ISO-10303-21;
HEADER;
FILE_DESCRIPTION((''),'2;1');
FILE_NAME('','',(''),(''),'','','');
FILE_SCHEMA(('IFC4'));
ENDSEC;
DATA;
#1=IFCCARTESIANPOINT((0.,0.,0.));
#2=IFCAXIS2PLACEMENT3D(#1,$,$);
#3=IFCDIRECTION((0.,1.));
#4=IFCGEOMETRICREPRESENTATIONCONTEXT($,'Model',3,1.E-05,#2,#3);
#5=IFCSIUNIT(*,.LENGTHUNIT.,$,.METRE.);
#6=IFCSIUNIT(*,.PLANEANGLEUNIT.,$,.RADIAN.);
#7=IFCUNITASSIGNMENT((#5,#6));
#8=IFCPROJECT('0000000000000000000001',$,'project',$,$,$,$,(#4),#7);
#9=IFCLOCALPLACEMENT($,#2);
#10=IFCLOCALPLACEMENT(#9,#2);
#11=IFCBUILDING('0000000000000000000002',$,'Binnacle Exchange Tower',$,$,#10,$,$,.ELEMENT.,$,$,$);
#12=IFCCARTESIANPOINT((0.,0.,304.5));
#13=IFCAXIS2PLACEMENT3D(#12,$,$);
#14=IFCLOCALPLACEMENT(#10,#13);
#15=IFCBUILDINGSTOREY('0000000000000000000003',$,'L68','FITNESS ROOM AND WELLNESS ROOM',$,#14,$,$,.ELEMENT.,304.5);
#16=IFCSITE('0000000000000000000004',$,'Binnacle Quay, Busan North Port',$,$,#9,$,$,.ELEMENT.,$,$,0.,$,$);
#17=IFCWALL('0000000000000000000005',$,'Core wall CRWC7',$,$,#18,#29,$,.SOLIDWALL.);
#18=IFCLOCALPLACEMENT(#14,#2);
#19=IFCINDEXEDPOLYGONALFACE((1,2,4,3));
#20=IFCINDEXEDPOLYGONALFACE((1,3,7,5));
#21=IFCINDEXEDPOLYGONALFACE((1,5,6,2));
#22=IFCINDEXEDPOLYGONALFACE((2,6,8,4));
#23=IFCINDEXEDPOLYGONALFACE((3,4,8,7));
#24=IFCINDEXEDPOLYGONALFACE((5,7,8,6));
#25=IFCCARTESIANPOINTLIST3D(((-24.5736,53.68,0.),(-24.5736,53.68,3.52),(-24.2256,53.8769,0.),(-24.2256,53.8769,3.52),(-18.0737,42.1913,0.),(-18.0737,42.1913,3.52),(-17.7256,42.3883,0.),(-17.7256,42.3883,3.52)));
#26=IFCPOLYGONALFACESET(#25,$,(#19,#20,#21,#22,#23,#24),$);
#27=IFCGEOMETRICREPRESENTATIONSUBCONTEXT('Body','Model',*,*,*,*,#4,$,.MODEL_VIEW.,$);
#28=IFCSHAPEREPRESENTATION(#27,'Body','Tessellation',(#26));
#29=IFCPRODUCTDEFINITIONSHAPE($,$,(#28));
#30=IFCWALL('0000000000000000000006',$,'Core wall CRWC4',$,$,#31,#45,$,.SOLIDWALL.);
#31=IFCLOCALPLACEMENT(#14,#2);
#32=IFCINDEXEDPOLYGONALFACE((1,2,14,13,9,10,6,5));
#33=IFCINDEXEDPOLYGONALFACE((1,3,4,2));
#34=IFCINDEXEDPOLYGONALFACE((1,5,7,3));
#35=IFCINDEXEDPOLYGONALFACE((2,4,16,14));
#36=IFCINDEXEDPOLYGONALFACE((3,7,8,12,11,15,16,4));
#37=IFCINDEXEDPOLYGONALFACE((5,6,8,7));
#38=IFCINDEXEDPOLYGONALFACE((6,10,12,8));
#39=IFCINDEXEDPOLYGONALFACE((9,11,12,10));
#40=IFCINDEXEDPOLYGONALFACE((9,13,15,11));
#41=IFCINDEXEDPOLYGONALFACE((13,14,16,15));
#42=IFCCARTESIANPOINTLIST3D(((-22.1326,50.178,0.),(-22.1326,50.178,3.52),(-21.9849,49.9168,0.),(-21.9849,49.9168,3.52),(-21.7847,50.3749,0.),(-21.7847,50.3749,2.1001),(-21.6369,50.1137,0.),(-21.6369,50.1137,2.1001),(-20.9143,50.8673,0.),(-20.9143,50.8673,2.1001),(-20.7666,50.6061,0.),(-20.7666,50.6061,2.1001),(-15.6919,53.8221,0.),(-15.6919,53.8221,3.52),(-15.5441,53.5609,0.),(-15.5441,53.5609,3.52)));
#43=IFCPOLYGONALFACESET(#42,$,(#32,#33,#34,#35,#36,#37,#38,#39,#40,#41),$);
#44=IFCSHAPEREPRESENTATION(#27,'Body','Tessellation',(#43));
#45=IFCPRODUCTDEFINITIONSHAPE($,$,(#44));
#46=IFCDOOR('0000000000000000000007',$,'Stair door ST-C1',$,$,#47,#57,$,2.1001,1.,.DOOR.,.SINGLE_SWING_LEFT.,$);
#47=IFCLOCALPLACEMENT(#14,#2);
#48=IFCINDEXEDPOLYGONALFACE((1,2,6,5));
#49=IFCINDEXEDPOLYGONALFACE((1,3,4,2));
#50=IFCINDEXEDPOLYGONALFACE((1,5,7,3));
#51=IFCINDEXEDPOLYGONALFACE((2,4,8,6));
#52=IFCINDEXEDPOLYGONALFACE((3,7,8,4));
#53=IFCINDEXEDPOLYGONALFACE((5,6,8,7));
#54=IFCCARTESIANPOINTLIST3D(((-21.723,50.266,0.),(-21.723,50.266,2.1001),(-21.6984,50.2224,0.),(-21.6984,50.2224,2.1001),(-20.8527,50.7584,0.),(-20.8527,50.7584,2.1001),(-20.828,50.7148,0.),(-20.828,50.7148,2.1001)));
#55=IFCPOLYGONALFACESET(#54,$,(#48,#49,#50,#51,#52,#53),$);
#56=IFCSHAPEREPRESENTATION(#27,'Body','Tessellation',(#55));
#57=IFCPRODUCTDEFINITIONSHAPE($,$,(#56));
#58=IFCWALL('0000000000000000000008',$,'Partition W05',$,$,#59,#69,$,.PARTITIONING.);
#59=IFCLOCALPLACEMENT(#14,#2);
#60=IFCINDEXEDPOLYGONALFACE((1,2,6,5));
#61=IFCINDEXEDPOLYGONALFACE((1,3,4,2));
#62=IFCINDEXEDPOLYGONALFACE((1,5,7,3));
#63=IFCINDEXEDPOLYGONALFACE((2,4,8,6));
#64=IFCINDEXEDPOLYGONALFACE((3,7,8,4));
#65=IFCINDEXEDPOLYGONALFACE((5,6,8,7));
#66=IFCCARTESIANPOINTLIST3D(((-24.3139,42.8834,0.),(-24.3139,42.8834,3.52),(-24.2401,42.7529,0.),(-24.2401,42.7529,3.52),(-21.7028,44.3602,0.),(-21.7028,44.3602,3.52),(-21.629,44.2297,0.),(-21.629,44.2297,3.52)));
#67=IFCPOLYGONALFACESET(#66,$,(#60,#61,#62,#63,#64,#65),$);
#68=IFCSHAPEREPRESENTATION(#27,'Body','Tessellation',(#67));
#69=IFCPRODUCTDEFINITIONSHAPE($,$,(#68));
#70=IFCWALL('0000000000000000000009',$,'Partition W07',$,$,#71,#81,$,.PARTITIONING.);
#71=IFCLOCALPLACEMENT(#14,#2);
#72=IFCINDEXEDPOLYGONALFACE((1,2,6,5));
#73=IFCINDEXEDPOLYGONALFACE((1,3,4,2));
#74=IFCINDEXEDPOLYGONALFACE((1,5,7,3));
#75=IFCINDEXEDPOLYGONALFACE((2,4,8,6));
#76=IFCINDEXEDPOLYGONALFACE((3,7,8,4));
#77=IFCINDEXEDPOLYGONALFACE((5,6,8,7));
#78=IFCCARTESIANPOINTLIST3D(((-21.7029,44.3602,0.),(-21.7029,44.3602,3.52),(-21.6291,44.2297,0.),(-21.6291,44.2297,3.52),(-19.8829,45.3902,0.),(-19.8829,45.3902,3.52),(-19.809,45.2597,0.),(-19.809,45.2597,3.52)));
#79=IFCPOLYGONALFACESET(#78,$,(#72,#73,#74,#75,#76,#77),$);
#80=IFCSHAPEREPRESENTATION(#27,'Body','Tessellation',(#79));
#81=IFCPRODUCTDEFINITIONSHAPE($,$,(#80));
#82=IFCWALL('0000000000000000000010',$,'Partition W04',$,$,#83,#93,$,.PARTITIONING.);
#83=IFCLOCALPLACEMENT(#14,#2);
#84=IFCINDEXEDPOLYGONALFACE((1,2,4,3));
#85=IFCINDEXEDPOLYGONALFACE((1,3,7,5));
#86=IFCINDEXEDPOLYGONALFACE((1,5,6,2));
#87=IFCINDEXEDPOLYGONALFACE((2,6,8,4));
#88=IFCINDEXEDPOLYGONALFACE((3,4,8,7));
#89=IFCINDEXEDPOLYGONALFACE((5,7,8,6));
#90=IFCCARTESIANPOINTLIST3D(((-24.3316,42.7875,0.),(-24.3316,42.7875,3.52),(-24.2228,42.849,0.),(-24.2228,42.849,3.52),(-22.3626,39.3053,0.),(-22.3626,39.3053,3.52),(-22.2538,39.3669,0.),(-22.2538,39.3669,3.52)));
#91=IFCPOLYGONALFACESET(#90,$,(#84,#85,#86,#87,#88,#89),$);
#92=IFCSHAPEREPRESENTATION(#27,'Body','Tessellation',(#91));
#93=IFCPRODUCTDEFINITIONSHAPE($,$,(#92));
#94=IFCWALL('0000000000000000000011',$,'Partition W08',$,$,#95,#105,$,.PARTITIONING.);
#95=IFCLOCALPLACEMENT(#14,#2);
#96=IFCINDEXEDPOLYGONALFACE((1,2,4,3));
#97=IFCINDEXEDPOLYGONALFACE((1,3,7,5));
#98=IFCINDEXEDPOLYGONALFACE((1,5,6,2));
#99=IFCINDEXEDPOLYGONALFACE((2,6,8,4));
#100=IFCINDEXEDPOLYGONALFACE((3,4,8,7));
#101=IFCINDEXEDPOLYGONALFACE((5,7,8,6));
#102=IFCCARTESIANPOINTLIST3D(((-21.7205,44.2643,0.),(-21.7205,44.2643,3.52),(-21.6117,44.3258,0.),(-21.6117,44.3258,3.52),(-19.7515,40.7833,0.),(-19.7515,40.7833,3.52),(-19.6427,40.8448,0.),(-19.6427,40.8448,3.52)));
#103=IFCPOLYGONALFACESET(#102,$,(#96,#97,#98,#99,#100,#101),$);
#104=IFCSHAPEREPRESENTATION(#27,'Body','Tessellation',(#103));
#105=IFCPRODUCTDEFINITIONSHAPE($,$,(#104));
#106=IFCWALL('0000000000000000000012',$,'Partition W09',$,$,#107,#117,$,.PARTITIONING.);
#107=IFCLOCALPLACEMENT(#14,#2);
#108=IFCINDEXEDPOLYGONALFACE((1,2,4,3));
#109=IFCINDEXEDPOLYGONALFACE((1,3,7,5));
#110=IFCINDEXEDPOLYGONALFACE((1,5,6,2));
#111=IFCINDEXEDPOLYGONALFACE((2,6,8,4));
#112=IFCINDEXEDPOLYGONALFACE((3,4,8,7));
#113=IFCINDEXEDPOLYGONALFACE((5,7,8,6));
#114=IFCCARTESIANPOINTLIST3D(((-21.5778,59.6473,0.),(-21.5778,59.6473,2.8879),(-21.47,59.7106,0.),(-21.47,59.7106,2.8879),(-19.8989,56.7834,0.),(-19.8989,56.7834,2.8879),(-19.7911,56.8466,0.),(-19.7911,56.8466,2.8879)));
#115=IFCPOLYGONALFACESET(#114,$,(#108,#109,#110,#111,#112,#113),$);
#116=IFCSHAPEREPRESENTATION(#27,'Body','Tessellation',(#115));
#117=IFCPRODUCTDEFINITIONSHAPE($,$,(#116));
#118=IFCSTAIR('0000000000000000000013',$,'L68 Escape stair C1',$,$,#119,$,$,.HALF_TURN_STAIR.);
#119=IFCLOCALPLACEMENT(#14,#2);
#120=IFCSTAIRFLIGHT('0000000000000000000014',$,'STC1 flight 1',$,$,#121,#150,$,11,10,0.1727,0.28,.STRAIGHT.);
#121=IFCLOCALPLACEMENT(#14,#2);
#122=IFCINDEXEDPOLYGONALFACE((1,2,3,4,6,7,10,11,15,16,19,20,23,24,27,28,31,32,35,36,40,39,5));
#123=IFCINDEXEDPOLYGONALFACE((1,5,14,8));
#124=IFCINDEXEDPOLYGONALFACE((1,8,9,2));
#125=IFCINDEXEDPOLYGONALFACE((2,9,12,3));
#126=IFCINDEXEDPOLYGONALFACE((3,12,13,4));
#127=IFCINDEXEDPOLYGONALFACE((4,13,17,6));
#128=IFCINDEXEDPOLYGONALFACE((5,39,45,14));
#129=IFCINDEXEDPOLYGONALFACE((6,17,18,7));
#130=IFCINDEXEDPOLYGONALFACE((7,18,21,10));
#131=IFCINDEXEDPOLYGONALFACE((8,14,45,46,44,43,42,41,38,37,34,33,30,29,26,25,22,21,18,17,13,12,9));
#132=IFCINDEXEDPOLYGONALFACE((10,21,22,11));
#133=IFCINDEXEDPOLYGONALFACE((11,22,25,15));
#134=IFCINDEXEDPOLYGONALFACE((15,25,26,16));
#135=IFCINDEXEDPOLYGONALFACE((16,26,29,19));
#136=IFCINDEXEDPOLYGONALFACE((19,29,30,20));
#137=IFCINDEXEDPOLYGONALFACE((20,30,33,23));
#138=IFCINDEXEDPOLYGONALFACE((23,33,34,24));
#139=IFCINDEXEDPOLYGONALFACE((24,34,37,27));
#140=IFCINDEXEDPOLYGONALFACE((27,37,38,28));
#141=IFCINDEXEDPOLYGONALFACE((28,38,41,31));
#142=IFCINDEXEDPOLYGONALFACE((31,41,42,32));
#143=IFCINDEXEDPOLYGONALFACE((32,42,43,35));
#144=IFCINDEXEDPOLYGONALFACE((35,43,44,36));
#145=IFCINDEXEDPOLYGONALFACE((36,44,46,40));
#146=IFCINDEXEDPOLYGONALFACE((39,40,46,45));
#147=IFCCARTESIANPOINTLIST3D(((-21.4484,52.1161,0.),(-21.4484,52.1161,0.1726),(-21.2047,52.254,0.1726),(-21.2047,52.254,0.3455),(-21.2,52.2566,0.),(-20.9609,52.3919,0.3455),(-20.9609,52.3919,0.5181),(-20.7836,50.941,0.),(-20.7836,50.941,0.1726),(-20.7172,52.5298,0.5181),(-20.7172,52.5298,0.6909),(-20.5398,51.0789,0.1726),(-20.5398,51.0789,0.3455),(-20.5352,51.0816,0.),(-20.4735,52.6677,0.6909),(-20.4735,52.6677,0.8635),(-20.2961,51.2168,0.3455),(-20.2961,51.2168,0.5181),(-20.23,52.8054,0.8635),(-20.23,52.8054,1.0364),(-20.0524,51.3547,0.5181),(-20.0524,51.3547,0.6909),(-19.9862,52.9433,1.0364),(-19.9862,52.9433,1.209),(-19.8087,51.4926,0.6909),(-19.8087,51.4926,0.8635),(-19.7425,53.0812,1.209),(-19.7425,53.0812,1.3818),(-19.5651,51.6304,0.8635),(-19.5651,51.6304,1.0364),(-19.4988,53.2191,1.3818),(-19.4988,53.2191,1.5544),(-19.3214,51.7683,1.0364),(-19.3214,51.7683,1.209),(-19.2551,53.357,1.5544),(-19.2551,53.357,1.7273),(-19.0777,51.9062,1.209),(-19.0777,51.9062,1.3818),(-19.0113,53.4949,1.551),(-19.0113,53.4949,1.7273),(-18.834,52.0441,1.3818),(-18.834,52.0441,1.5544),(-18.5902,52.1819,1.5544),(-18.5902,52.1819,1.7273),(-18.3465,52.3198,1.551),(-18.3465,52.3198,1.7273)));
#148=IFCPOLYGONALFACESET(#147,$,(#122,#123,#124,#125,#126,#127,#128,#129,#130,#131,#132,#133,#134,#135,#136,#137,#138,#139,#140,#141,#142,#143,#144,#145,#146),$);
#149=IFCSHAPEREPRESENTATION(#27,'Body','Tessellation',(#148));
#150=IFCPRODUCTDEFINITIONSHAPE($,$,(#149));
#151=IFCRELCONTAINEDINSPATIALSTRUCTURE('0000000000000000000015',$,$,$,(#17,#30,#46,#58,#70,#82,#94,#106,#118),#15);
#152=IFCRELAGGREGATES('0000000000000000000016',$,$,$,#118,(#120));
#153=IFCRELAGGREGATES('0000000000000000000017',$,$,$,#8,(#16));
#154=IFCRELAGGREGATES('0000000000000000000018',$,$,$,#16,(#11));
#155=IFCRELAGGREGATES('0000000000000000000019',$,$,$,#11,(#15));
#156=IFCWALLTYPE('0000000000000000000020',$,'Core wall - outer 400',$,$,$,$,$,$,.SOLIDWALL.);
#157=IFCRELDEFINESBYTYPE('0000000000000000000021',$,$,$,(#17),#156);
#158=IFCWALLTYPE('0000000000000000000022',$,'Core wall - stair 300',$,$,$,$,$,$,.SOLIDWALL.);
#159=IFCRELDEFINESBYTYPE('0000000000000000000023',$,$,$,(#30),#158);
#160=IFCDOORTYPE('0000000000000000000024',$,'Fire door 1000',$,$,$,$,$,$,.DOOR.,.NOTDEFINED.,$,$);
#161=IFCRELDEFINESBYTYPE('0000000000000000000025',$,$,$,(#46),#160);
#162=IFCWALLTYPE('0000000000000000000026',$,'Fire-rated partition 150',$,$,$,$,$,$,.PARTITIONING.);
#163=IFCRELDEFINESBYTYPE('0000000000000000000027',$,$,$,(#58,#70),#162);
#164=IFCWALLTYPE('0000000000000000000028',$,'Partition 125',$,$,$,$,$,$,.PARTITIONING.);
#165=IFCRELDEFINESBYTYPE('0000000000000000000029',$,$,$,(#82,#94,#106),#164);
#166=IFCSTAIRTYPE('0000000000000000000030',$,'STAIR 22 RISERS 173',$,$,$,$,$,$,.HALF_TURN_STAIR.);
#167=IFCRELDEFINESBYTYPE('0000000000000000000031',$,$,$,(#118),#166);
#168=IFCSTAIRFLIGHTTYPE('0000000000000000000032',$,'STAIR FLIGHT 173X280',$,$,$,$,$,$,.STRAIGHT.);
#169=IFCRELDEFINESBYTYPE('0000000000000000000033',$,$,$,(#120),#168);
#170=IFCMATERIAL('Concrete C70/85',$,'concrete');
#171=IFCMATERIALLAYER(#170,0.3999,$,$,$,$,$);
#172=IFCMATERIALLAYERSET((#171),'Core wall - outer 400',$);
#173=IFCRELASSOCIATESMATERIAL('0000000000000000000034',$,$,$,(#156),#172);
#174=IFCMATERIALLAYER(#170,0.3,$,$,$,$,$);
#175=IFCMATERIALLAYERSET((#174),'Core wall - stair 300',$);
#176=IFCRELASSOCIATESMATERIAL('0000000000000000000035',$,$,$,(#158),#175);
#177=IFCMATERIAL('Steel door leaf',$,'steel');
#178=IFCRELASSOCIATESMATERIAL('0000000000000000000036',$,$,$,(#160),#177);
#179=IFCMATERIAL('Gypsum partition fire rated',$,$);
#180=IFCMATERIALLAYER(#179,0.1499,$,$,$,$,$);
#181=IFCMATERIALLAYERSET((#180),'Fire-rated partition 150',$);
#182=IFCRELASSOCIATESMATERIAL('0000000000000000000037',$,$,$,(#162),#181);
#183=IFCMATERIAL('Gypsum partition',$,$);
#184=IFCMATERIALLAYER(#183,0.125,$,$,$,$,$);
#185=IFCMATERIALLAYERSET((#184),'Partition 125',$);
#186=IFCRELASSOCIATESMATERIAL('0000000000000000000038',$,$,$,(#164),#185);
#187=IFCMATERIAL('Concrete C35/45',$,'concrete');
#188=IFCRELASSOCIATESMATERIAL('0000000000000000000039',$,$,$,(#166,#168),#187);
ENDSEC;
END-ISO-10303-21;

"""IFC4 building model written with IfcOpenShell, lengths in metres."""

from ifc_helpers import new_model, si_unit, direction, frame, frame_2d, origin, place, context, subcontext, project, spatial, polyline, rectangle, outline, extrude, material, layer, layer_set, type_object, element, fill, aggregate, save


model = new_model("IFC4")

# Units and contexts
model_context = context("Model", 3, precision=1e-05, world=origin(), true_north=direction((0.0, 1.0)))
body_context = subcontext(model_context, "Body", "Model", "MODEL_VIEW")
ifc_project = project(units=[si_unit("LENGTHUNIT", "METRE"), si_unit("PLANEANGLEUNIT", "RADIAN")], contexts=[model_context])

# Site, building, storey
site_placement = place(None, origin())
site = spatial("IfcSite", under=ifc_project, at=site_placement, Name="Binnacle Quay, Busan North Port", CompositionType="ELEMENT", RefElevation=0.0)
building_placement = place(site_placement, origin())
building = spatial("IfcBuilding", under=site, at=building_placement, Name="Binnacle Exchange Tower", CompositionType="ELEMENT")
storey_placement = place(building_placement, frame((0.0, 0.0, 304.5)))
storey = spatial("IfcBuildingStorey", under=building, at=storey_placement, Name="L68", Description="FITNESS ROOM AND WELLNESS ROOM", CompositionType="ELEMENT", Elevation=304.5)

# Shared definitions
ifc_material_1 = material(Name="Concrete C70/85", Category="concrete")
ifc_material_2 = material(Name="Steel door leaf", Category="steel")

# Wall
ifc_layer_1 = layer(ifc_material_1, 0.3999)
ifc_layer_set_1 = layer_set([ifc_layer_1], Name="Core wall - outer 400")
wall_type_1 = type_object("IfcWallType", Name="Core wall - outer 400", PredefinedType="SOLIDWALL", material=ifc_layer_set_1)
wall_1_placement = place(storey_placement, frame((-24.3997, 53.7786, 0.0), z_axis=(0.0, 0.0, 1.0), x_axis=(0.492422, -0.870357, 0.0)))
element("IfcWall", 1, at=wall_1_placement, inside=storey, type_object=wall_type_1, Name="Core wall CRWC7", PredefinedType="SOLIDWALL", context=body_context, shape_type="SweptSolid", body=[
    extrude(rectangle(XDim=13.2, YDim=0.3999, at=frame_2d((6.6001, 0.0))), origin(), (0.0, 0.0, 1.0), 3.52),
])

# Wall, opening, door
ifc_layer_2 = layer(ifc_material_1, 0.3)
ifc_layer_set_2 = layer_set([ifc_layer_2], Name="Core wall - stair 300")
wall_type_2 = type_object("IfcWallType", Name="Core wall - stair 300", PredefinedType="SOLIDWALL", material=ifc_layer_set_2)
wall_2_placement = place(storey_placement, frame((-22.0588, 50.0474, 0.0), z_axis=(0.0, 0.0, 1.0), x_axis=(0.870351, 0.492432, 0.0)))
wall_2 = element("IfcWall", 2, at=wall_2_placement, inside=storey, type_object=wall_type_2, Name="Core wall CRWC4", PredefinedType="SOLIDWALL", context=body_context, shape_type="SweptSolid", body=[
    extrude(rectangle(XDim=7.4001, YDim=0.3, at=frame_2d((3.7002, 0.0))), origin(), (0.0, 0.0, 1.0), 3.52),
])
opening_1_placement = place(wall_2_placement, frame((0.3999, 0.0, 0.0)))
opening_1 = element("IfcOpeningElement", 3, at=opening_1_placement, cuts=wall_2, PredefinedType="OPENING", context=body_context, shape_type="SweptSolid", body=[
    extrude(rectangle(XDim=1.0, YDim=2.1001, at=frame_2d((0.5, 1.05))), frame((0.0, 0.1599, 0.0), z_axis=(0.0, -1.0, 0.0), x_axis=(1.0, 0.0, 0.0)), (0.0, 0.0, 1.0), 0.3201),
])
door_type_1 = type_object("IfcDoorType", Name="Fire door 1000", OperationType="NOTDEFINED", PredefinedType="DOOR", material=ifc_material_2)
door_1_placement = place(opening_1_placement, origin())
door_1 = element("IfcDoor", 4, at=door_1_placement, inside=storey, type_object=door_type_1, Name="Stair door ST-C1", OperationType="SINGLE_SWING_LEFT", OverallHeight=2.1001, OverallWidth=1.0, PredefinedType="DOOR", context=body_context, shape_type="SweptSolid", body=[
    extrude(rectangle(XDim=1.0, YDim=2.1001, at=frame_2d((0.5, 1.05))), frame((0.0, 0.0249, 0.0), z_axis=(0.0, -1.0, 0.0), x_axis=(1.0, 0.0, 0.0)), (0.0, 0.0, 1.0), 0.05),
])
fill(opening_1, door_1)

# Walls
ifc_material_3 = material(Name="Gypsum partition fire rated")
ifc_layer_3 = layer(ifc_material_3, 0.1499)
ifc_layer_set_3 = layer_set([ifc_layer_3], Name="Fire-rated partition 150")
wall_type_3 = type_object("IfcWallType", Name="Fire-rated partition 150", PredefinedType="PARTITIONING", material=ifc_layer_set_3)
wall_3_placement = place(storey_placement, frame((-24.2771, 42.8181, 0.0), z_axis=(0.0, 0.0, 1.0), x_axis=(0.870423, 0.492304, 0.0)))
element("IfcWall", 5, at=wall_3_placement, inside=storey, type_object=wall_type_3, Name="Partition W05", PredefinedType="PARTITIONING", context=body_context, shape_type="SweptSolid", body=[
    extrude(rectangle(XDim=2.9998, YDim=0.1499, at=frame_2d((1.5, 0.0))), origin(), (0.0, 0.0, 1.0), 3.52),
])
wall_4_placement = place(storey_placement, frame((-21.666, 44.2949, 0.0), z_axis=(0.0, 0.0, 1.0), x_axis=(0.870297, 0.492526, 0.0)))
element("IfcWall", 6, at=wall_4_placement, inside=storey, type_object=wall_type_3, Name="Partition W07", PredefinedType="PARTITIONING", context=body_context, shape_type="SweptSolid", body=[
    extrude(rectangle(XDim=2.0913, YDim=0.1499, at=frame_2d((1.0457, 0.0))), origin(), (0.0, 0.0, 1.0), 3.52),
])
ifc_material_4 = material(Name="Gypsum partition")
ifc_layer_4 = layer(ifc_material_4, 0.125)
ifc_layer_set_4 = layer_set([ifc_layer_4], Name="Partition 125")
wall_type_4 = type_object("IfcWallType", Name="Partition 125", PredefinedType="PARTITIONING", material=ifc_layer_set_4)
wall_5_placement = place(storey_placement, frame((-24.2771, 42.8181, 0.0), z_axis=(0.0, 0.0, 1.0), x_axis=(0.49221, -0.870476, 0.0)))
element("IfcWall", 7, at=wall_5_placement, inside=storey, type_object=wall_type_4, Name="Partition W04", PredefinedType="PARTITIONING", context=body_context, shape_type="SweptSolid", body=[
    extrude(rectangle(XDim=4.0002, YDim=0.125, at=frame_2d((2.0, 0.0))), origin(), (0.0, 0.0, 1.0), 3.52),
])
wall_6_placement = place(storey_placement, frame((-21.666, 44.2949, 0.0), z_axis=(0.0, 0.0, 1.0), x_axis=(0.492341, -0.870402, 0.0)))
element("IfcWall", 8, at=wall_6_placement, inside=storey, type_object=wall_type_4, Name="Partition W08", PredefinedType="PARTITIONING", context=body_context, shape_type="SweptSolid", body=[
    extrude(rectangle(XDim=3.9993, YDim=0.125, at=frame_2d((1.9995, 0.0))), origin(), (0.0, 0.0, 1.0), 3.52),
])
wall_7_placement = place(storey_placement, frame((-21.5239, 59.679, 0.0), z_axis=(0.0, 0.0, 1.0), x_axis=(0.505731, -0.862691, 0.0)))
element("IfcWall", 9, at=wall_7_placement, inside=storey, type_object=wall_type_4, Name="Partition W09", PredefinedType="PARTITIONING", context=body_context, shape_type="SweptSolid", body=[
    extrude(rectangle(XDim=3.3198, YDim=0.125, at=frame_2d((1.6599, 0.0))), origin(), (0.0, 0.0, 1.0), 2.8879),
])

# Stair, stair flight
ifc_material_5 = material(Name="Concrete C35/45", Category="concrete")
stair_type = type_object("IfcStairType", Name="STAIR 22 RISERS 173", PredefinedType="HALF_TURN_STAIR", material=ifc_material_5)
stair_placement = place(storey_placement, origin())
stair = element("IfcStair", 10, at=stair_placement, inside=storey, type_object=stair_type, Name="L68 Escape stair C1", PredefinedType="HALF_TURN_STAIR")
stair_flight_type = type_object("IfcStairFlightType", Name="STAIR FLIGHT 173X280", PredefinedType="STRAIGHT", material=ifc_material_5)
stair_flight_1_placement = place(storey_placement, frame((-21.116, 51.5286, 0.0), z_axis=(0.0, 0.0, 1.0), x_axis=(0.870356, 0.492424, 0.0)))
stair_flight_1 = element("IfcStairFlight", 11, at=stair_flight_1_placement, type_object=stair_flight_type, Name="STC1 flight 1", NumberOfRisers=11, NumberOfTreads=10, PredefinedType="STRAIGHT", RiserHeight=0.1727, TreadLength=0.28, context=body_context, shape_type="SweptSolid", body=[
    extrude(outline(polyline([(0.0, 0.0), (0.0, 0.1726), (0.28, 0.1726), (0.28, 0.3455), (0.5601, 0.3455), (0.5601, 0.5181), (0.8401, 0.5181), (0.8401, 0.6909), (1.1201, 0.6909), (1.1201, 0.8635), (1.3999, 0.8635), (1.3999, 1.0364), (1.6799, 1.0364), (1.6799, 1.209), (1.96, 1.209), (1.96, 1.3818), (2.24, 1.3818), (2.24, 1.5544), (2.52, 1.5544), (2.52, 1.7273), (2.8, 1.7273), (2.8, 1.8999), (2.8, 1.551), (0.2854, 0.0), (0.0, 0.0)])), frame((0.0, 0.675, 0.0), z_axis=(0.0, -1.0, 0.0), x_axis=(1.0, 0.0, 0.0)), (0.0, 0.0, 1.0), 1.3501),
])
aggregate(stair, [stair_flight_1])

save(model, "model.ifc")
